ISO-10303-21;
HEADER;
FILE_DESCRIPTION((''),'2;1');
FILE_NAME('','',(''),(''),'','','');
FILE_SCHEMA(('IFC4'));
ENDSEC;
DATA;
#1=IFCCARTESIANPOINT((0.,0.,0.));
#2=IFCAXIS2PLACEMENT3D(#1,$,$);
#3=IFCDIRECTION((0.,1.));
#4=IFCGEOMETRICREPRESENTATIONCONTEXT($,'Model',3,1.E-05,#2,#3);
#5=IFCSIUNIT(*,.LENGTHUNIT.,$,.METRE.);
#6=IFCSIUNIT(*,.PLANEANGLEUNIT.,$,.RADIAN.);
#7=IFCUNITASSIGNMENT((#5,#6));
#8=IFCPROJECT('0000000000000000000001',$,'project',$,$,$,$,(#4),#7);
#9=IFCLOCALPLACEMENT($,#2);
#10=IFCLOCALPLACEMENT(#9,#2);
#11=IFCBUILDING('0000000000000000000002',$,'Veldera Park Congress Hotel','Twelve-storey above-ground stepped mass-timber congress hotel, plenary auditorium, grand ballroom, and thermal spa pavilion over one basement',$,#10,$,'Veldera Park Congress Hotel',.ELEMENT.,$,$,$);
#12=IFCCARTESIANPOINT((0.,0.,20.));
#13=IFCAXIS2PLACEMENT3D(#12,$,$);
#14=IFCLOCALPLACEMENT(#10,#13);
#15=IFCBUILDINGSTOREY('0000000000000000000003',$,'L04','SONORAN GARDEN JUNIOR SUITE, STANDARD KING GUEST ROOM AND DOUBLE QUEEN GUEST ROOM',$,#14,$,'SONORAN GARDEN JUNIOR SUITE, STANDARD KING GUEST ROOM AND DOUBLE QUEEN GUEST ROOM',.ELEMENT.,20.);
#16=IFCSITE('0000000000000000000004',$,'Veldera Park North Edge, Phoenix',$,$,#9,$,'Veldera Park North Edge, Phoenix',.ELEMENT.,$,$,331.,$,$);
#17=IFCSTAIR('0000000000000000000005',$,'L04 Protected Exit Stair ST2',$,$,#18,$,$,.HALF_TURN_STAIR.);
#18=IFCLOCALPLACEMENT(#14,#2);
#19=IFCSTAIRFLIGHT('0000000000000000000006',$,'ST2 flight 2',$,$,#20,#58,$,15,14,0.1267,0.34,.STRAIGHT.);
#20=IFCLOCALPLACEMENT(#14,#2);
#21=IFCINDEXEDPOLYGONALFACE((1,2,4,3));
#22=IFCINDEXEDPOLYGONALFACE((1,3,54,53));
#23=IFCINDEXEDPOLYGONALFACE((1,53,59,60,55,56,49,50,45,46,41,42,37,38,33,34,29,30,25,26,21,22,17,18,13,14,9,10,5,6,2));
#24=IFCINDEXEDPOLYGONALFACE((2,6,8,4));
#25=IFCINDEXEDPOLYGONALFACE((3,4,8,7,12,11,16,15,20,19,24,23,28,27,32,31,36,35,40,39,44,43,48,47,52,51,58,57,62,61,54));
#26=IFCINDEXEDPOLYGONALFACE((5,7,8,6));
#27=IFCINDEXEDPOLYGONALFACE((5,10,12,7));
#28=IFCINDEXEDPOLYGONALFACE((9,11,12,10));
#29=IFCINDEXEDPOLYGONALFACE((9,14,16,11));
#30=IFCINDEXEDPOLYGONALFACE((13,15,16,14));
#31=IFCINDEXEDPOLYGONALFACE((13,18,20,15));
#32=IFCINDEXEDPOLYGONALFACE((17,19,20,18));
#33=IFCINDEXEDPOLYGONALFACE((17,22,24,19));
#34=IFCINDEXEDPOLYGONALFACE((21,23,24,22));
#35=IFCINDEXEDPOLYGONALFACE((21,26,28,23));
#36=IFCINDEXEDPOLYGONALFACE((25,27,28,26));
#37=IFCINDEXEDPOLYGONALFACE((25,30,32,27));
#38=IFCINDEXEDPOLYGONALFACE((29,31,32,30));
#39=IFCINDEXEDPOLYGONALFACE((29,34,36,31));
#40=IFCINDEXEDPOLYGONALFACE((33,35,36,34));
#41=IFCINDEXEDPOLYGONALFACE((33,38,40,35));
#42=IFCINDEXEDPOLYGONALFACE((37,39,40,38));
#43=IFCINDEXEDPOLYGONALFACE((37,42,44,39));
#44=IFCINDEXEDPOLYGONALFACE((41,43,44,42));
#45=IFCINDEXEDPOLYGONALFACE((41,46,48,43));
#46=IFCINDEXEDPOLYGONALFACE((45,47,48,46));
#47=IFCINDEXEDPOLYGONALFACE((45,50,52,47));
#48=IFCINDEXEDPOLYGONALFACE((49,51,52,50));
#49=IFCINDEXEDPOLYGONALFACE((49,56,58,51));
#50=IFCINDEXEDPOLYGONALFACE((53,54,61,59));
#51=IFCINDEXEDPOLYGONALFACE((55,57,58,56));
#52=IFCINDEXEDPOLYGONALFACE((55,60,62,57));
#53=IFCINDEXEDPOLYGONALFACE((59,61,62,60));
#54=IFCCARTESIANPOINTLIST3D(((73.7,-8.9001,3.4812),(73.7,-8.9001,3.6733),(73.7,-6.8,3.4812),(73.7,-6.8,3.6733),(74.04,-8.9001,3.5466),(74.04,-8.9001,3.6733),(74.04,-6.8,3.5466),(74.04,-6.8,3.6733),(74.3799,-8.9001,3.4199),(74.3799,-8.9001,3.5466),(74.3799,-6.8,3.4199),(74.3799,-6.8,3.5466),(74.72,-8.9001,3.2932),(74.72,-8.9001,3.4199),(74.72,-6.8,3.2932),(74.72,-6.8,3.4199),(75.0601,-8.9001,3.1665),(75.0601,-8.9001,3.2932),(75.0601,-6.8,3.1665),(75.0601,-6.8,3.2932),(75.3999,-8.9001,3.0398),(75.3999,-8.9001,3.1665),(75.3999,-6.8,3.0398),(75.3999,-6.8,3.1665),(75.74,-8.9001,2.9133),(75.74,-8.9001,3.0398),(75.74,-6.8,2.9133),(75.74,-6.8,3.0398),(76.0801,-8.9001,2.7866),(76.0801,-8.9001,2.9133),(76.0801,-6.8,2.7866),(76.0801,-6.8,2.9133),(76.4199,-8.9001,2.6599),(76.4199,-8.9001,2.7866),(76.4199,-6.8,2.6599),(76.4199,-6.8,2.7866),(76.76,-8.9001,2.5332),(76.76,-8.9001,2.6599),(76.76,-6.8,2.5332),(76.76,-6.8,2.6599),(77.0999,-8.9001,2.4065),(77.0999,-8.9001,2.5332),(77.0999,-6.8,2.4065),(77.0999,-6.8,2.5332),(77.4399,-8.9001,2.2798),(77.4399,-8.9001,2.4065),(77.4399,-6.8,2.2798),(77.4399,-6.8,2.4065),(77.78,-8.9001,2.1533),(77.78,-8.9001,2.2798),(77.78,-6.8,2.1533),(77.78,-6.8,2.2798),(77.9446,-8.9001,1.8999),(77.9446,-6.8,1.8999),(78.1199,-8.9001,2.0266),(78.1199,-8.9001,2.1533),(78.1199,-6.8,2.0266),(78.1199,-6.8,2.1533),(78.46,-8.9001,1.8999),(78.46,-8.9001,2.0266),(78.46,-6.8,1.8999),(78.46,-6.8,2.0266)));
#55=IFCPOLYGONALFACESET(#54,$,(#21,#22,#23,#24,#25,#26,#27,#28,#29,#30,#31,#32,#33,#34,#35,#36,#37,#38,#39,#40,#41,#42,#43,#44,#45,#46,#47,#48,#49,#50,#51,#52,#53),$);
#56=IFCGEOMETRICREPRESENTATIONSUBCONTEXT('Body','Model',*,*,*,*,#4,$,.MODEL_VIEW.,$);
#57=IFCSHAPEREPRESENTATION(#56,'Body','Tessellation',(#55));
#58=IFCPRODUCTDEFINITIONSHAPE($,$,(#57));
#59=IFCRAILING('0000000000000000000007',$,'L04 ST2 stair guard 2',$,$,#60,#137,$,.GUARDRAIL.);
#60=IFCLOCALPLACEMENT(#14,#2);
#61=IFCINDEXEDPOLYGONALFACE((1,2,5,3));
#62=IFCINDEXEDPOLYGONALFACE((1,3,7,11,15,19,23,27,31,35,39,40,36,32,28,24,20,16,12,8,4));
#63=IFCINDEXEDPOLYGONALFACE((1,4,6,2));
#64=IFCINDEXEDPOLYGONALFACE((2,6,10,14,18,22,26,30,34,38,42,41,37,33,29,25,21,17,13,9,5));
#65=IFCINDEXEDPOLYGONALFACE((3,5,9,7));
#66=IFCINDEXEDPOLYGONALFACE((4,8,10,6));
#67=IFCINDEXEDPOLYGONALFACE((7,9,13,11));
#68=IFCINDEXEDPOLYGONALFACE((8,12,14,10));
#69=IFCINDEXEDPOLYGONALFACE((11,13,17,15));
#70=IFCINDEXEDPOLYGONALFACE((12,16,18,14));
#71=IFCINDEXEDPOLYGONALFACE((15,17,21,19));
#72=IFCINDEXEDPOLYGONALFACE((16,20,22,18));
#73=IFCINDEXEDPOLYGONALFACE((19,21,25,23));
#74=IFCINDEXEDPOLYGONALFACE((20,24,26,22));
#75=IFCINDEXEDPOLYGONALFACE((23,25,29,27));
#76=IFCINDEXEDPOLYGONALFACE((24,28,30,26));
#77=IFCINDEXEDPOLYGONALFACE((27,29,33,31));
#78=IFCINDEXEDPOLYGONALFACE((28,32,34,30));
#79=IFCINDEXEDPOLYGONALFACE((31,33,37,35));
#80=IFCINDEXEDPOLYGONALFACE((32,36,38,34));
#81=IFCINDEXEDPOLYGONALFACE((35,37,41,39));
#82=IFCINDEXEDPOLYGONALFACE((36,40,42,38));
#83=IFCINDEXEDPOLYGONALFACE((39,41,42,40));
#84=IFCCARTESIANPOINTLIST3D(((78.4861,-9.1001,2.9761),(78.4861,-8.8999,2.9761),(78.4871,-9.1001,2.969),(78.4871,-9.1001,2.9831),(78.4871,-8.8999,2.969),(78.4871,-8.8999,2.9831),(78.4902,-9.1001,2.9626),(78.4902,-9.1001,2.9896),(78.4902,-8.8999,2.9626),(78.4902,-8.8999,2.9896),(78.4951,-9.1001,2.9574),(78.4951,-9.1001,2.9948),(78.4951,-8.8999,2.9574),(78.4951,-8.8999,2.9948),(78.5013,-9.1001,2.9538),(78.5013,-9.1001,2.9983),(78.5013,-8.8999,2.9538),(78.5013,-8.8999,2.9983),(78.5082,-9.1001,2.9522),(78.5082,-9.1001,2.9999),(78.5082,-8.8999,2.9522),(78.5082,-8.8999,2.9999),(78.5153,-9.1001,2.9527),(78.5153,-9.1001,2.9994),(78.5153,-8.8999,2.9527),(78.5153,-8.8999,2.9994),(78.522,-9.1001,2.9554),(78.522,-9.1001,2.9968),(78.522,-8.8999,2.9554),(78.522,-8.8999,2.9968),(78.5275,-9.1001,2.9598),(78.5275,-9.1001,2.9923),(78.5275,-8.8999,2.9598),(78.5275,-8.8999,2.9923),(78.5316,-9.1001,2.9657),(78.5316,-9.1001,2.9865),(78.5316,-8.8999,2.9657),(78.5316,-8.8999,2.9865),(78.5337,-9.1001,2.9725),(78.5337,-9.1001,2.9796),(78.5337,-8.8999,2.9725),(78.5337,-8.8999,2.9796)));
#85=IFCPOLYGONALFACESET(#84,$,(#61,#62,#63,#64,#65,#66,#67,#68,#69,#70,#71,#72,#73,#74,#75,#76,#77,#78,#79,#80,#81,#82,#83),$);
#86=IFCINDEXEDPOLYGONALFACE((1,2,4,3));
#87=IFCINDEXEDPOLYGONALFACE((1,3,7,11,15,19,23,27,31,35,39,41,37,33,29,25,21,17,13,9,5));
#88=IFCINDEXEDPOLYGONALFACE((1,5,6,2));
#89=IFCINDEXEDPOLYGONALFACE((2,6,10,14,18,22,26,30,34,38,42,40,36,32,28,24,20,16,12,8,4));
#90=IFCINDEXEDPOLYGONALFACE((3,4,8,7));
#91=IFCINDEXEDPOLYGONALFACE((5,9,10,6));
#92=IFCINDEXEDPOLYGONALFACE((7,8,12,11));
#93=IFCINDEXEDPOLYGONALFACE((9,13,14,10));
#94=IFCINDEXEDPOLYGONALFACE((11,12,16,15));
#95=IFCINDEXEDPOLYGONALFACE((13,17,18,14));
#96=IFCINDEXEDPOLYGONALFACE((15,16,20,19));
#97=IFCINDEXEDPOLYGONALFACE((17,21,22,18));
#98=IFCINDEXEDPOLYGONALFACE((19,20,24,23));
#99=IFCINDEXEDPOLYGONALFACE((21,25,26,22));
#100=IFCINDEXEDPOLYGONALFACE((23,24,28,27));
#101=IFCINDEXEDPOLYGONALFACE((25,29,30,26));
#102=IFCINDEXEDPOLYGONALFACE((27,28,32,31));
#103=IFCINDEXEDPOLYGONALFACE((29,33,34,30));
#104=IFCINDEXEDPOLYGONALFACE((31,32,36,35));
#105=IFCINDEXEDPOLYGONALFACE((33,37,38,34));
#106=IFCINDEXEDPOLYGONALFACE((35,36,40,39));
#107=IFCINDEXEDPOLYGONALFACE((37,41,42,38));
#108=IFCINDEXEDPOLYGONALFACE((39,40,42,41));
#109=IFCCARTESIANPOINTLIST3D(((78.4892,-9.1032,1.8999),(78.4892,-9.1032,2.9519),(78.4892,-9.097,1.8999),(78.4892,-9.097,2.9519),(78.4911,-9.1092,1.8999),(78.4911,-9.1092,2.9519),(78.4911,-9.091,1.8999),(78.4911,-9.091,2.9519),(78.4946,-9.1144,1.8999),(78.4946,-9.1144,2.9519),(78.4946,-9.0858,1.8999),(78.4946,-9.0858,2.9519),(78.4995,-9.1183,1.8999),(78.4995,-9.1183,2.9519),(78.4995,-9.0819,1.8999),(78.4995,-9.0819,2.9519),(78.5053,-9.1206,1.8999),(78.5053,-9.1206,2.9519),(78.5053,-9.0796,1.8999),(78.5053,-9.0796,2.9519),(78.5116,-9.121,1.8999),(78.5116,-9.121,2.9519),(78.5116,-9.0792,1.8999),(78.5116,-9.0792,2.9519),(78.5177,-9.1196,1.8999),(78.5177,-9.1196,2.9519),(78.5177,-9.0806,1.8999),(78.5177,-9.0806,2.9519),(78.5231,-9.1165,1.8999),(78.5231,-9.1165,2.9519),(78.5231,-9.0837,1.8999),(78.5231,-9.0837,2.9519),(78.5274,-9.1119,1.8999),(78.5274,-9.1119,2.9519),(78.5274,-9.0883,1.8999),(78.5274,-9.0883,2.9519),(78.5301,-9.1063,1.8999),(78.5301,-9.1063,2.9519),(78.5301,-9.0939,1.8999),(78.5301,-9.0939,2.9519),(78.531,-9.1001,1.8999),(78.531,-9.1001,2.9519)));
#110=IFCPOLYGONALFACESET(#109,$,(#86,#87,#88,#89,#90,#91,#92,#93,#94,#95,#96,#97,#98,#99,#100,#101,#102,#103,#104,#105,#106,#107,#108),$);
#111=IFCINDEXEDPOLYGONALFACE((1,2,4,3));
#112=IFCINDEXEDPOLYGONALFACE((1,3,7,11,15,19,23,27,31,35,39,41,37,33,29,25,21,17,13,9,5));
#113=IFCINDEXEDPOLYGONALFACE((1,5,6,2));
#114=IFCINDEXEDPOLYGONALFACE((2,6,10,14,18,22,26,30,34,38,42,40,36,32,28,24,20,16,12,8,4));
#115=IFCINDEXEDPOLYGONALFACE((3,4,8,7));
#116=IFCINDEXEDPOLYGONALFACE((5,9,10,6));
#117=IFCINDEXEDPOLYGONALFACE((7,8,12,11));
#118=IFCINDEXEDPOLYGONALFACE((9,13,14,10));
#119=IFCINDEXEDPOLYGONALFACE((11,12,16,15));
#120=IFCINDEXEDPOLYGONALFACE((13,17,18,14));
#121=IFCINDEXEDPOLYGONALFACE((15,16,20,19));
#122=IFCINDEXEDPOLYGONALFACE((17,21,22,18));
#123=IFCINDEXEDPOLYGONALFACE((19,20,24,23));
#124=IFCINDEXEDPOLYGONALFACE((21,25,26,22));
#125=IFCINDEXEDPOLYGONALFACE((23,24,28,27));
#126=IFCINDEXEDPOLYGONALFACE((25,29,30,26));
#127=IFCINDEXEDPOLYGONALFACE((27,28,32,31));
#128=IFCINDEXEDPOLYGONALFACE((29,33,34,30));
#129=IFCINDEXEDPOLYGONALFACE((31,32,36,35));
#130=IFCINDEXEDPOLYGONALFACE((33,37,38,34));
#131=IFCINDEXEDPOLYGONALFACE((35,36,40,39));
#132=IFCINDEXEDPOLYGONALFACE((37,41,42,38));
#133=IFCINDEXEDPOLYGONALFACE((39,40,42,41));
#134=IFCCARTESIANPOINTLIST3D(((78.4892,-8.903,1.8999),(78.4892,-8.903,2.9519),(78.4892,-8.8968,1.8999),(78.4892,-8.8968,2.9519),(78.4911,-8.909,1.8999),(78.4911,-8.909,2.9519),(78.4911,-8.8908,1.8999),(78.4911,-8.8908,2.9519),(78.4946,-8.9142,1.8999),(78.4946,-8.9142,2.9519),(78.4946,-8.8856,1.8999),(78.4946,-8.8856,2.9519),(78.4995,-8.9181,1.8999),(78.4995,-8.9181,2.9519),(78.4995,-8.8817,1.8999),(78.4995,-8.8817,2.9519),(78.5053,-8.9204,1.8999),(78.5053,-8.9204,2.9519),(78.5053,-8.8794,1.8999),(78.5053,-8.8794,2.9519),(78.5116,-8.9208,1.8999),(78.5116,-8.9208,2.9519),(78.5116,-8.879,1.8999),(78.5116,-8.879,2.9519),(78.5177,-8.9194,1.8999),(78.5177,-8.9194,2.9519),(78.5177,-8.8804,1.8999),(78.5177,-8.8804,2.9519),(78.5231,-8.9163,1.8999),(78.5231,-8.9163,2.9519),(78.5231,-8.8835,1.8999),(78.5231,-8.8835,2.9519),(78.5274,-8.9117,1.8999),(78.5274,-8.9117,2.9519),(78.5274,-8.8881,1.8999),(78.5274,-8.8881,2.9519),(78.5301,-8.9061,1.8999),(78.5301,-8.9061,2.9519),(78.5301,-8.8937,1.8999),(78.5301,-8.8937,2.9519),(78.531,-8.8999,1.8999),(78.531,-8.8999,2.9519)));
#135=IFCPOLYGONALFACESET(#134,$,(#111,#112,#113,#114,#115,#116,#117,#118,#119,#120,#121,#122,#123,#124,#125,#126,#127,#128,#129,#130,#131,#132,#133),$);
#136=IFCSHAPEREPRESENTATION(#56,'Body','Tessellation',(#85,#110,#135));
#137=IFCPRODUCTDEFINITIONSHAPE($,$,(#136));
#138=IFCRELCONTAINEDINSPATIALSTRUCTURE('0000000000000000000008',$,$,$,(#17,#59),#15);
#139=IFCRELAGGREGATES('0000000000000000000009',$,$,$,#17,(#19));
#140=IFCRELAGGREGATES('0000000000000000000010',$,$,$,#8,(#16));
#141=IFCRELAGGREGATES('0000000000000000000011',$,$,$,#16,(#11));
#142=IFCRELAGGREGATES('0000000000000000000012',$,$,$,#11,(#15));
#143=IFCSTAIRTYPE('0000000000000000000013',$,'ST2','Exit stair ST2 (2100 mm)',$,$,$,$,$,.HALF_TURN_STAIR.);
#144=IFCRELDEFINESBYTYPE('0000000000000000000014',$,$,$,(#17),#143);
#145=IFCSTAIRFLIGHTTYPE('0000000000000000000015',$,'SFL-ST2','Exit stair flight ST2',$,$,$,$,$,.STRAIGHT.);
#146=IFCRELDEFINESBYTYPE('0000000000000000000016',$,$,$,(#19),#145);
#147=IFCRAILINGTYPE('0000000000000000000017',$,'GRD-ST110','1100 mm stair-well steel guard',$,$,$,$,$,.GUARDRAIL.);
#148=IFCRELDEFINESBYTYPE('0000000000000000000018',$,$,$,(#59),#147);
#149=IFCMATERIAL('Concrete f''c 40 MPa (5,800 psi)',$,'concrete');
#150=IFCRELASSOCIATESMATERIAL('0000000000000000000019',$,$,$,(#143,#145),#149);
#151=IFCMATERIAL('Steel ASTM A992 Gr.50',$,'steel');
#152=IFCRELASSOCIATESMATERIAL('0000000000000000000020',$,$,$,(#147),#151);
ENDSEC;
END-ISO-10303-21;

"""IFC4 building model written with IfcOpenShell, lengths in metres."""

from ifc_helpers import new_model, si_unit, direction, frame, origin, origin_2d, place, context, subcontext, project, spatial, polyline, circle, outline, extrude, material, type_object, element, aggregate, save


model = new_model("IFC4")

# Units and contexts
model_context = context("Model", 3, precision=1e-05, world=origin(), true_north=direction((0.0, 1.0)))
body_context = subcontext(model_context, "Body", "Model", "MODEL_VIEW")
ifc_project = project(units=[si_unit("LENGTHUNIT", "METRE"), si_unit("PLANEANGLEUNIT", "RADIAN")], contexts=[model_context])

# Site, building, storey
site_placement = place(None, origin())
site = spatial("IfcSite", under=ifc_project, at=site_placement, Name="Veldera Park North Edge, Phoenix", LongName="Veldera Park North Edge, Phoenix", CompositionType="ELEMENT", RefElevation=331.0)
building_placement = place(site_placement, origin())
building = spatial("IfcBuilding", under=site, at=building_placement, Name="Veldera Park Congress Hotel", Description="Twelve-storey above-ground stepped mass-timber congress hotel, plenary auditorium, grand ballroom, and thermal spa pavilion over one basement", LongName="Veldera Park Congress Hotel", CompositionType="ELEMENT")
storey_placement = place(building_placement, frame((0.0, 0.0, 20.0)))
storey = spatial("IfcBuildingStorey", under=building, at=storey_placement, Name="L04", Description="SONORAN GARDEN JUNIOR SUITE, STANDARD KING GUEST ROOM AND DOUBLE QUEEN GUEST ROOM", LongName="SONORAN GARDEN JUNIOR SUITE, STANDARD KING GUEST ROOM AND DOUBLE QUEEN GUEST ROOM", CompositionType="ELEMENT", Elevation=20.0)

# Shared definitions
ifc_material_1 = material(Name="Concrete f'c 40 MPa (5,800 psi)", Category="concrete")

# Stair, stair flight
stair_type = type_object("IfcStairType", Name="ST2", Description="Exit stair ST2 (2100 mm)", PredefinedType="HALF_TURN_STAIR", material=ifc_material_1)
stair_placement = place(storey_placement, origin())
stair = element("IfcStair", 1, at=stair_placement, inside=storey, type_object=stair_type, Name="L04 Protected Exit Stair ST2", PredefinedType="HALF_TURN_STAIR")
stair_flight_type = type_object("IfcStairFlightType", Name="SFL-ST2", Description="Exit stair flight ST2", PredefinedType="STRAIGHT", material=ifc_material_1)
stair_flight_placement = place(storey_placement, frame((78.46, -7.8501, 1.8999), z_axis=(0.0, 0.0, 1.0), x_axis=(-1.0, 0.0, 0.0)))
stair_flight = element("IfcStairFlight", 2, at=stair_flight_placement, type_object=stair_flight_type, Name="ST2 flight 2", NumberOfRisers=15, NumberOfTreads=14, PredefinedType="STRAIGHT", RiserHeight=0.1267, TreadLength=0.34, context=body_context, shape_type="SweptSolid", body=[
    extrude(outline(polyline([(0.0, 0.0), (0.0, 0.1267), (0.3401, 0.1267), (0.3401, 0.2534), (0.6799, 0.2534), (0.6799, 0.3799), (1.02, 0.3799), (1.02, 0.5066), (1.3601, 0.5066), (1.3601, 0.6333), (1.7, 0.6333), (1.7, 0.76), (2.04, 0.76), (2.04, 0.8867), (2.3799, 0.8867), (2.3799, 1.0134), (2.72, 1.0134), (2.72, 1.1399), (3.0601, 1.1399), (3.0601, 1.2666), (3.3999, 1.2666), (3.3999, 1.3933), (3.74, 1.3933), (3.74, 1.52), (4.0801, 1.52), (4.0801, 1.6467), (4.4199, 1.6467), (4.4199, 1.7734), (4.76, 1.7734), (4.76, 1.8999), (4.76, 1.8999), (4.76, 1.5813), (0.5154, 0.0), (0.0, 0.0)])), frame((0.0, 1.05, 0.0), z_axis=(0.0, -1.0, 0.0), x_axis=(1.0, 0.0, 0.0)), (0.0, 0.0, 1.0), 2.1001),
])
aggregate(stair, [stair_flight])

# Railing
ifc_material_2 = material(Name="Steel ASTM A992 Gr.50", Category="steel")
railing_type = type_object("IfcRailingType", Name="GRD-ST110", Description="1100 mm stair-well steel guard", PredefinedType="GUARDRAIL", material=ifc_material_2)
railing_1_placement = place(storey_placement, frame((78.51, -9.1001, 1.8999)))
element("IfcRailing", 3, at=railing_1_placement, inside=storey, type_object=railing_type, Name="L04 ST2 stair guard 2", PredefinedType="GUARDRAIL", context=body_context, shape_type="SweptSolid", body=[
    extrude(circle(Radius=0.0239, at=origin_2d()), frame((0.0, 0.0, 1.0762), z_axis=(0.0, 1.0, 0.0), x_axis=(-1.0, 0.0, 0.0)), (0.0, 0.0, 1.0), 0.2002),
    extrude(circle(Radius=0.021, at=origin_2d()), origin(), (0.0, 0.0, 1.0), 1.052),
    extrude(circle(Radius=0.021, at=origin_2d()), frame((0.0, 0.2002, 0.0)), (0.0, 0.0, 1.0), 1.052),
])

save(model, "model.ifc")
